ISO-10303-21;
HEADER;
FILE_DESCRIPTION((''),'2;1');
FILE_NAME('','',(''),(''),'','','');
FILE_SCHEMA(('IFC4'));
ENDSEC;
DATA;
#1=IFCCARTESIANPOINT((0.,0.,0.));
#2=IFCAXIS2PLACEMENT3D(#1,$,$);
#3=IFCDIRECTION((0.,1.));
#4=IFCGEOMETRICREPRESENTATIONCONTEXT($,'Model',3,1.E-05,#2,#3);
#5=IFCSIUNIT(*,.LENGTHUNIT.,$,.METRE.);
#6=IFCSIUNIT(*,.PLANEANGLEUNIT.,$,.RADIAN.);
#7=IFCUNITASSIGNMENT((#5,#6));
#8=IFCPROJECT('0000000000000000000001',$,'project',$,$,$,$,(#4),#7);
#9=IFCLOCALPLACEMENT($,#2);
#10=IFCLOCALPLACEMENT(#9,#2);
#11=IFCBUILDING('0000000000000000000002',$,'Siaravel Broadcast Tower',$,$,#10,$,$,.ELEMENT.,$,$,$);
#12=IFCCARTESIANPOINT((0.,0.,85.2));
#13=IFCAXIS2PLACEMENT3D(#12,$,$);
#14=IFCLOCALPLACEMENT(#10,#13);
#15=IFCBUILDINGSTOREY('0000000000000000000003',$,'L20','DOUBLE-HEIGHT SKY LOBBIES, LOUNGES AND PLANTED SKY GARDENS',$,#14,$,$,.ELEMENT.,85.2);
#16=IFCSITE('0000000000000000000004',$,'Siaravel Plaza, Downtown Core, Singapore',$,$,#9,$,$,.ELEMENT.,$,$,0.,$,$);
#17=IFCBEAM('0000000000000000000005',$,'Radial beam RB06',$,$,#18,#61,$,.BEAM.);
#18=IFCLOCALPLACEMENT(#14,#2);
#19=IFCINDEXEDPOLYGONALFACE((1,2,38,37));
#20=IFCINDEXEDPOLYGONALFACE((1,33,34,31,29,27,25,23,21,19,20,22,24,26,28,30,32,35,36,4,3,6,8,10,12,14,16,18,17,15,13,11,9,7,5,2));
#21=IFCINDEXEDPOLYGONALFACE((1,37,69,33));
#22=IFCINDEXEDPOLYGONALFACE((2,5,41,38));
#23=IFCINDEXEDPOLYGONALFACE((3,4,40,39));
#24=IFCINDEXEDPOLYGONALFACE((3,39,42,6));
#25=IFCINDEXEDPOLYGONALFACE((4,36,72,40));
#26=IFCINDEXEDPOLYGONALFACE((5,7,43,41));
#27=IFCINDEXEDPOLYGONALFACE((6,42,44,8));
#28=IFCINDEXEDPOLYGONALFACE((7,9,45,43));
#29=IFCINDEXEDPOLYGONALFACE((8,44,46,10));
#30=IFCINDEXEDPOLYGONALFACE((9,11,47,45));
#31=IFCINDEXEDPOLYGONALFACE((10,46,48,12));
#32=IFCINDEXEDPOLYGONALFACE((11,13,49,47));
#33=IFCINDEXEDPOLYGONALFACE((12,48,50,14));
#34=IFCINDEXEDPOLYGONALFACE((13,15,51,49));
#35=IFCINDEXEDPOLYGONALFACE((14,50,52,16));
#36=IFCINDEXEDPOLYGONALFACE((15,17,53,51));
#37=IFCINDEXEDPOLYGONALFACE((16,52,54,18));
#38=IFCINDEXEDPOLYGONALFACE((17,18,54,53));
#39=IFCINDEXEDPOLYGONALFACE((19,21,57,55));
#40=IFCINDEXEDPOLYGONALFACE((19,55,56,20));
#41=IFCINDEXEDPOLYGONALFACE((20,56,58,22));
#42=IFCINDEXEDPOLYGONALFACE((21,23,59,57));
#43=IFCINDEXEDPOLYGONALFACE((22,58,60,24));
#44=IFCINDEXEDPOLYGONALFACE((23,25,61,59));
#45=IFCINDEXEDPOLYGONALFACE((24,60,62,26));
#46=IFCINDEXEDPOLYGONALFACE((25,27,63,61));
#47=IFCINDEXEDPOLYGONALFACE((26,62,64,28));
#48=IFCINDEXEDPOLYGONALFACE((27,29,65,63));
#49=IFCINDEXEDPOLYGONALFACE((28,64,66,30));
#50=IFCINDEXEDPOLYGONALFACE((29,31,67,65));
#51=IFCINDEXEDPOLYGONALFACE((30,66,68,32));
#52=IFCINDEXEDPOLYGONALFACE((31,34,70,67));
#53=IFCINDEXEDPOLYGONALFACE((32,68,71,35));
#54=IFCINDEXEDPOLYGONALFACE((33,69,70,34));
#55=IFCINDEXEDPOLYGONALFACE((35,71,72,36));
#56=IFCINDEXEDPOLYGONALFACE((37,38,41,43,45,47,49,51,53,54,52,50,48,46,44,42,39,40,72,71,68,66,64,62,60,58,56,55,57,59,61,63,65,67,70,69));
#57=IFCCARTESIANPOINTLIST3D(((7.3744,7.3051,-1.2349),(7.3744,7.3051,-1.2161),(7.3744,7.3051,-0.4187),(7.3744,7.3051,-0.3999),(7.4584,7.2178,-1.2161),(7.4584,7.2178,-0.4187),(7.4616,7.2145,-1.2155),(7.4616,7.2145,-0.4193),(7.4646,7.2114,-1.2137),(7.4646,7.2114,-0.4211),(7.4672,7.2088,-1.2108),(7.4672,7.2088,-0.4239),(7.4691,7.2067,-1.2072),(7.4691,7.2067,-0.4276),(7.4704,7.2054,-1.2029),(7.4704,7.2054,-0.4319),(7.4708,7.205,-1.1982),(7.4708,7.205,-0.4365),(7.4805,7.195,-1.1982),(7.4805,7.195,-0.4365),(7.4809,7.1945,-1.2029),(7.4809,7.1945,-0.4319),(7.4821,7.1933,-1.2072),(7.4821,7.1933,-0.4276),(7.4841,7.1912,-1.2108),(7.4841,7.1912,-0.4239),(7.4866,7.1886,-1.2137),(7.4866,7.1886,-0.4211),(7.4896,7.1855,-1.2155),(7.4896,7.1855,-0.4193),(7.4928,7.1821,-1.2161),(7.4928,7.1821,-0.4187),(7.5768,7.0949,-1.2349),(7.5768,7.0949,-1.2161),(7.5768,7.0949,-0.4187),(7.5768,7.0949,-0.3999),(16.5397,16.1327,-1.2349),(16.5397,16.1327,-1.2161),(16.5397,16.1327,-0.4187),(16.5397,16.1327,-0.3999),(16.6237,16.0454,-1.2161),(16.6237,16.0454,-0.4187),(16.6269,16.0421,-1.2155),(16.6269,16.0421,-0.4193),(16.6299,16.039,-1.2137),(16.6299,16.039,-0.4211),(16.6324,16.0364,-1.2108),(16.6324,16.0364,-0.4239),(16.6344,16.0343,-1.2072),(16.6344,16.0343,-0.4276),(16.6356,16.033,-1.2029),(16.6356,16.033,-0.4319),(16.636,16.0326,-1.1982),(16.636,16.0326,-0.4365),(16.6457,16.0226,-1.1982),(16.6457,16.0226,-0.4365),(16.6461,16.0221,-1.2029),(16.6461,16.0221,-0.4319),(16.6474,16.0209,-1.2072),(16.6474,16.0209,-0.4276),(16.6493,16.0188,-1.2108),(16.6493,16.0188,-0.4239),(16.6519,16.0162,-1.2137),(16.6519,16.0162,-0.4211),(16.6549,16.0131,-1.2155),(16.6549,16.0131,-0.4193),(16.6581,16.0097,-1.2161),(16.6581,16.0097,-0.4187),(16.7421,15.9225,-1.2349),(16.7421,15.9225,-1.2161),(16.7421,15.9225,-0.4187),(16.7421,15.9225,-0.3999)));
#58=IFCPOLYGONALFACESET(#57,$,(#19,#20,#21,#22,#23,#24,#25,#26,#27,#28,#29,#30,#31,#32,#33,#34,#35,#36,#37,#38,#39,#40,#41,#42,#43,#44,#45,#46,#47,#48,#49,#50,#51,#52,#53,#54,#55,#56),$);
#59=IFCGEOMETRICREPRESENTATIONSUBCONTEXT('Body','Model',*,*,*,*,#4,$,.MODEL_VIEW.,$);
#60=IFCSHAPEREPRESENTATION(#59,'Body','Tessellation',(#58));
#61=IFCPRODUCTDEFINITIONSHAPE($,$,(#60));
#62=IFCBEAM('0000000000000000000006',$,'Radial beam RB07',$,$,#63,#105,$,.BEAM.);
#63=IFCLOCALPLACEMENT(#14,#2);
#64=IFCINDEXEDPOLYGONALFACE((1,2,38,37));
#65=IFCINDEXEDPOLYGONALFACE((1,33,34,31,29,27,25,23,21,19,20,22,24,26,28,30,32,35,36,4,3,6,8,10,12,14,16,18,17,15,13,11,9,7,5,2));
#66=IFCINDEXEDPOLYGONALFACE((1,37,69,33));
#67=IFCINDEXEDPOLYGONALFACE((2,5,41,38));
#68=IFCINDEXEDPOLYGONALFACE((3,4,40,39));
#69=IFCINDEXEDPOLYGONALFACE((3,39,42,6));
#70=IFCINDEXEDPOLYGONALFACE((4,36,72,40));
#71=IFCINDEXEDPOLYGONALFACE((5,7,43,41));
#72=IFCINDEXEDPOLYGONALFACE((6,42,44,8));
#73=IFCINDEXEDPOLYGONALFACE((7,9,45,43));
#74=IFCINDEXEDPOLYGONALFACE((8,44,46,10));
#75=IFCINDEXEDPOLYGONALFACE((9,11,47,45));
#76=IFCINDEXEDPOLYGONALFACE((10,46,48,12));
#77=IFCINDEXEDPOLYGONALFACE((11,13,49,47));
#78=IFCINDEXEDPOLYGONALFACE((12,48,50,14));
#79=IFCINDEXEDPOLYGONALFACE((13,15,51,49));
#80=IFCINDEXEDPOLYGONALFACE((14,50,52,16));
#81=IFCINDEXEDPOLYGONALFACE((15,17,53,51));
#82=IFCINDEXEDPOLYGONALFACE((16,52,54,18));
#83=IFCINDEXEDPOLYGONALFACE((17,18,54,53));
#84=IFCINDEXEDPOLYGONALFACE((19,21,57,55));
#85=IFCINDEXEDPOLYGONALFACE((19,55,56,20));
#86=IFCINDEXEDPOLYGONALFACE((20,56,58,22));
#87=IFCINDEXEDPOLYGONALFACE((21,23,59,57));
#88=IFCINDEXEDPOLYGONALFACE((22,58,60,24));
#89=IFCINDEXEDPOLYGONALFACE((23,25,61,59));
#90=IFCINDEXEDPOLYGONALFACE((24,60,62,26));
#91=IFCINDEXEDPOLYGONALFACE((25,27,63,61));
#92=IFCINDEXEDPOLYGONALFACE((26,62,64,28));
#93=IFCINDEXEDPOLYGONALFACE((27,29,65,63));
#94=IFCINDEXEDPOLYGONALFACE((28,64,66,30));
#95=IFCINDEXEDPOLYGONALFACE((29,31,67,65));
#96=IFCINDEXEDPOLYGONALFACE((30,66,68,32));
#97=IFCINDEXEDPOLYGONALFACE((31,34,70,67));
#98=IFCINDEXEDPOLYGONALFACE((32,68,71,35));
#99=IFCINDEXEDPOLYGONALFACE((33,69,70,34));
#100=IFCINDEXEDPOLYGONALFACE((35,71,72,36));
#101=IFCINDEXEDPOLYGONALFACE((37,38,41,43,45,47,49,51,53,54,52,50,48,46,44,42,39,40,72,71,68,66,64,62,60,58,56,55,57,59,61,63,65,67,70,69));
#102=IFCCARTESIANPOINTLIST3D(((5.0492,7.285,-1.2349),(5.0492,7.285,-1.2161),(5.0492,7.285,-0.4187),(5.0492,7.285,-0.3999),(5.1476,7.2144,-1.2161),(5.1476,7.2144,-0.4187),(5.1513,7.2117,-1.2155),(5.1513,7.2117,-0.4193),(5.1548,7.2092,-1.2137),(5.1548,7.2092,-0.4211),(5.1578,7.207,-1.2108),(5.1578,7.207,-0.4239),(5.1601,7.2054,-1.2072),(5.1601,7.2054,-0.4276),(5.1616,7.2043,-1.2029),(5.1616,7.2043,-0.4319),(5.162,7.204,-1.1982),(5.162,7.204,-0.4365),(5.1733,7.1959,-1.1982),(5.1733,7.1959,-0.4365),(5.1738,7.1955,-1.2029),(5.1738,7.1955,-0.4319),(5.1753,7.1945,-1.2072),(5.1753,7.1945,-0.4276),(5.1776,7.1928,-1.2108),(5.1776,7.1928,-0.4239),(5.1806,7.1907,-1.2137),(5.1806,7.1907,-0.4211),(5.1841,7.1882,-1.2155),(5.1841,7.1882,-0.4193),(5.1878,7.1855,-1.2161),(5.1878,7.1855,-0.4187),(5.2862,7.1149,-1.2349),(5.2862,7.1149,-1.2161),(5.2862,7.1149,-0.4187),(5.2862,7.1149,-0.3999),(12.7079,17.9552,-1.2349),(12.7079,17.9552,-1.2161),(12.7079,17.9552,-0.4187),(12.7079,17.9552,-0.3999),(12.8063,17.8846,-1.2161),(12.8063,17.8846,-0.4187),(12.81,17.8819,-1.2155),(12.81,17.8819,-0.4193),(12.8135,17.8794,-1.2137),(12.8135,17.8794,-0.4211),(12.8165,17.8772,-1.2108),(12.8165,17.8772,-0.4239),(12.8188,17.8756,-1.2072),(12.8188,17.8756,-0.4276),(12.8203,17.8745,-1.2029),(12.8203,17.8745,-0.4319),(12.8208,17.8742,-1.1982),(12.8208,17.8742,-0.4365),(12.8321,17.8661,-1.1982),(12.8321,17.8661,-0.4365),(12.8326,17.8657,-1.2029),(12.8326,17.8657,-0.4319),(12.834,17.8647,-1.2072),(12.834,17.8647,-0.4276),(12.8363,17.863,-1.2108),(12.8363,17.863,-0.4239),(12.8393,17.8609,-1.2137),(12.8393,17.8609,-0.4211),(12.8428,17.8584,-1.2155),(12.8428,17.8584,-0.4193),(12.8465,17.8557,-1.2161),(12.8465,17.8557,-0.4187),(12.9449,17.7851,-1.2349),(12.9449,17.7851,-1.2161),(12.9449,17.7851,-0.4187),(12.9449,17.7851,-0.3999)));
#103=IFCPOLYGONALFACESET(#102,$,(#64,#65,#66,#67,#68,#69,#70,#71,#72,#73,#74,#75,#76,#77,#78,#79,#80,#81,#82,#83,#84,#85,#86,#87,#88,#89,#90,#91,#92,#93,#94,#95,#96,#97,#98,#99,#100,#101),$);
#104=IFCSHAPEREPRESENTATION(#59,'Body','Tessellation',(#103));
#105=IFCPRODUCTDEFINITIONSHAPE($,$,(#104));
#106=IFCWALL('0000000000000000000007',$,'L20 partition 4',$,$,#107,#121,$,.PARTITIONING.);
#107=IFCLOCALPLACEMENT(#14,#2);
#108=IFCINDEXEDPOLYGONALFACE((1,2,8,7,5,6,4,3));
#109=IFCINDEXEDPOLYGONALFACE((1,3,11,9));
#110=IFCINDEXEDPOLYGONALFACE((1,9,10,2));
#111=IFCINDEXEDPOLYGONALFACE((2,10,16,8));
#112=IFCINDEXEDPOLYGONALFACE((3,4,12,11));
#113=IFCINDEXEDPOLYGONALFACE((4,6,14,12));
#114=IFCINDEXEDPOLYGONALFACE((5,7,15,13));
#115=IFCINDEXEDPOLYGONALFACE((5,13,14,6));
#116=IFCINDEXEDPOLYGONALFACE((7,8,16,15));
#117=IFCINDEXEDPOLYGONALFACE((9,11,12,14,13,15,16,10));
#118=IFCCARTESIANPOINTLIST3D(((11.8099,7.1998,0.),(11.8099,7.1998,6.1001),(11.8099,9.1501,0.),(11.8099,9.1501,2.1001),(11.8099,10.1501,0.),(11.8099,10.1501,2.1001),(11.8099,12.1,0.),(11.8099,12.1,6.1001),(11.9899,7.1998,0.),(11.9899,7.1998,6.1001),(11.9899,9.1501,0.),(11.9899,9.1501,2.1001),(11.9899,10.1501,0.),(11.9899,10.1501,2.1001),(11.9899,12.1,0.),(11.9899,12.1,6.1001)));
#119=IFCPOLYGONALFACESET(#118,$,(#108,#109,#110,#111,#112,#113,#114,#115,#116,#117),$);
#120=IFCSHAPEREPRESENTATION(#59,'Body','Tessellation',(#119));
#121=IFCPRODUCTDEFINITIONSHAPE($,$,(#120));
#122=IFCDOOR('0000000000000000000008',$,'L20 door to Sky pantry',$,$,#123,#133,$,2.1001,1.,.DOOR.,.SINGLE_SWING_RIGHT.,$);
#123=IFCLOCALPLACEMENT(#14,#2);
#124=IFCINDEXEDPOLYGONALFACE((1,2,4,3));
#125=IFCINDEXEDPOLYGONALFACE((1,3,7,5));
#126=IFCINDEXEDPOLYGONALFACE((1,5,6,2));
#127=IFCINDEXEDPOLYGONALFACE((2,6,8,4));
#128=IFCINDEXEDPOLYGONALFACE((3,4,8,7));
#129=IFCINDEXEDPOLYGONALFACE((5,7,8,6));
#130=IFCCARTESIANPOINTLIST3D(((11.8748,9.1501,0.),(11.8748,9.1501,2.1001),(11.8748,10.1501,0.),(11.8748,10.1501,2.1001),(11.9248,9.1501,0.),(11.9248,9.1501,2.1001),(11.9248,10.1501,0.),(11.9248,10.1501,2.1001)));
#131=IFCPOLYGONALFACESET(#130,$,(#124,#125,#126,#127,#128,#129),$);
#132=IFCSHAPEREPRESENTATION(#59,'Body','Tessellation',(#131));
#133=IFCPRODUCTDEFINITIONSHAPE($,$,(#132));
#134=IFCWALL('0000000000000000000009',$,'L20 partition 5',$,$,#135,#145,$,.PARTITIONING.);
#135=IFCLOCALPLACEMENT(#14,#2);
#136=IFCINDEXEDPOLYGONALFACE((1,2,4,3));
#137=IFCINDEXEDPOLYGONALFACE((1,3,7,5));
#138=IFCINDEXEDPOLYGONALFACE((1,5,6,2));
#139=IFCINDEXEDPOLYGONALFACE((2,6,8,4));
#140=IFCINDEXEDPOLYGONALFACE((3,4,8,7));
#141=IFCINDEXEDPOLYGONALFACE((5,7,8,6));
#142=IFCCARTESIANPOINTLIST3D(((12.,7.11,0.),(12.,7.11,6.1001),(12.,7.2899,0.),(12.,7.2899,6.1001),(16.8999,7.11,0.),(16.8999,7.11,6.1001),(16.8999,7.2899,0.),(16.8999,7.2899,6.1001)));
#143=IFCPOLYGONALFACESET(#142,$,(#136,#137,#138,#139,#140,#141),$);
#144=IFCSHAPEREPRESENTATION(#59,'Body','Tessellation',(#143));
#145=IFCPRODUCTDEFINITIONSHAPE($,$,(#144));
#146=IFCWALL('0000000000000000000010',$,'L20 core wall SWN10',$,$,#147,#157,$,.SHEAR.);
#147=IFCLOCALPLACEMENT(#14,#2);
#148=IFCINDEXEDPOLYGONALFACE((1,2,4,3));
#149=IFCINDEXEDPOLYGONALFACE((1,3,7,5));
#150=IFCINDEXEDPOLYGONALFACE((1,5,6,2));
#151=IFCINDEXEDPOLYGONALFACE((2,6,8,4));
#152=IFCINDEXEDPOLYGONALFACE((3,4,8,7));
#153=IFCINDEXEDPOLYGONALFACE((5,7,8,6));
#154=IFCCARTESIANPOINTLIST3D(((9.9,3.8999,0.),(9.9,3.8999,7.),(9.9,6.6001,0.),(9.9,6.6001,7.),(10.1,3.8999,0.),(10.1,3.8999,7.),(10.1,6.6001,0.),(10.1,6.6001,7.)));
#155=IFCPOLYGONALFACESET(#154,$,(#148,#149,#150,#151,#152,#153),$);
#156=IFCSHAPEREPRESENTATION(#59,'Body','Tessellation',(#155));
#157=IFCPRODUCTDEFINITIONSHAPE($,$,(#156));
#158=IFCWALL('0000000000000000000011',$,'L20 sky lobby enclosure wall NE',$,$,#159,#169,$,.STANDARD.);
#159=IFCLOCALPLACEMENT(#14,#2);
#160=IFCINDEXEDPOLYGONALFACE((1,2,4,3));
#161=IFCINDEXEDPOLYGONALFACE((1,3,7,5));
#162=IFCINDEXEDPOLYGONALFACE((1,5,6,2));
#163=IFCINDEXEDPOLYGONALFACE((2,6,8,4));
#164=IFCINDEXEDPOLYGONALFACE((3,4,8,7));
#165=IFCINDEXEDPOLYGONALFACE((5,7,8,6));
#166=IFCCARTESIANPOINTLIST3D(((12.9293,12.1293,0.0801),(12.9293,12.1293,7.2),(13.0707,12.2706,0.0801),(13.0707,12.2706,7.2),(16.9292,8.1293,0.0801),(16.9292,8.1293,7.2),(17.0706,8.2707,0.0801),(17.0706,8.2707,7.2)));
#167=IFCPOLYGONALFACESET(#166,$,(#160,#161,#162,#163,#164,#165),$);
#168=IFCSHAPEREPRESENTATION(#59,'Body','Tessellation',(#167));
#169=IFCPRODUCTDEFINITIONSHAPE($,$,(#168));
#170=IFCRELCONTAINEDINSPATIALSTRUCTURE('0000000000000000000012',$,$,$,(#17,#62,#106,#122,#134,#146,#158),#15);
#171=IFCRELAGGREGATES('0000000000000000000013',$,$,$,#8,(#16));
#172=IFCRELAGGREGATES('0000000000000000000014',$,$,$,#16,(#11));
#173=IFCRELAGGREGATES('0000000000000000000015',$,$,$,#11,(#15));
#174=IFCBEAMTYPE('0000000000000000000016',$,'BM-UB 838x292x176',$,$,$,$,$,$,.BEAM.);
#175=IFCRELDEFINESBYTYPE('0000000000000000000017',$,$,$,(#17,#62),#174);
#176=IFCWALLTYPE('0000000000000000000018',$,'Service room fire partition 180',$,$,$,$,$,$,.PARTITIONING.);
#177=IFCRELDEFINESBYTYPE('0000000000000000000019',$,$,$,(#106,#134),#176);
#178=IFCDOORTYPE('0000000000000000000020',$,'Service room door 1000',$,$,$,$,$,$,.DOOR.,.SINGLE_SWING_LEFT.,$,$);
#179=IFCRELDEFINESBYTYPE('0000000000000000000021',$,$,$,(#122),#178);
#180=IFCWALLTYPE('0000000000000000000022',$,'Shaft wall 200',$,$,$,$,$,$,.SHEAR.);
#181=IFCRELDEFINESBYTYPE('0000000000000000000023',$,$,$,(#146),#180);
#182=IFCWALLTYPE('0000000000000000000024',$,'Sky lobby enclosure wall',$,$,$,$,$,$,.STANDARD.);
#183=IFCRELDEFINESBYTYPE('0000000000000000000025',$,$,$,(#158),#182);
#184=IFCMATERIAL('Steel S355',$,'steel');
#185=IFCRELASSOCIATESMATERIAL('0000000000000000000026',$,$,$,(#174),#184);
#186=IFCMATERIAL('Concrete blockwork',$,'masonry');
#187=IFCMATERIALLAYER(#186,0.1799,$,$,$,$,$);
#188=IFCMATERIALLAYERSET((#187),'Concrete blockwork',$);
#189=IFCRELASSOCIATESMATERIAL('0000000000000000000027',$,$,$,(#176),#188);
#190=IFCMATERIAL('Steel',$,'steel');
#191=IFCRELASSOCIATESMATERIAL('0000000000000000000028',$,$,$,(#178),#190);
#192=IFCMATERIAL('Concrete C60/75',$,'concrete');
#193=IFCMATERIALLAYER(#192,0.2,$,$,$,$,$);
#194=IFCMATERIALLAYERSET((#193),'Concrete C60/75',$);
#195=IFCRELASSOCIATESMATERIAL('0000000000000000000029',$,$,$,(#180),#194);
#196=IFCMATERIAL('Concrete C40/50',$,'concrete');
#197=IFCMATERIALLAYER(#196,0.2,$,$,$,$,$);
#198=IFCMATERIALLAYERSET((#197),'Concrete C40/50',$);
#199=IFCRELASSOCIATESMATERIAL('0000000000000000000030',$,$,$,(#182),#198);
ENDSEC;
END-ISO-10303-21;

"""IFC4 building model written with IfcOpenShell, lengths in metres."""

from ifc_helpers import new_model, si_unit, direction, frame, frame_2d, origin, origin_2d, place, context, subcontext, project, spatial, rectangle, i_section, extrude, material, layer, layer_set, material_profile, profile_set, type_object, element, fill, save


model = new_model("IFC4")

# Units and contexts
model_context = context("Model", 3, precision=1e-05, world=origin(), true_north=direction((0.0, 1.0)))
body_context = subcontext(model_context, "Body", "Model", "MODEL_VIEW")
ifc_project = project(units=[si_unit("LENGTHUNIT", "METRE"), si_unit("PLANEANGLEUNIT", "RADIAN")], contexts=[model_context])

# Site, building, storey
site_placement = place(None, origin())
site = spatial("IfcSite", under=ifc_project, at=site_placement, Name="Siaravel Plaza, Downtown Core, Singapore", CompositionType="ELEMENT", RefElevation=0.0)
building_placement = place(site_placement, origin())
building = spatial("IfcBuilding", under=site, at=building_placement, Name="Siaravel Broadcast Tower", CompositionType="ELEMENT")
storey_placement = place(building_placement, frame((0.0, 0.0, 85.2)))
storey = spatial("IfcBuildingStorey", under=building, at=storey_placement, Name="L20", Description="DOUBLE-HEIGHT SKY LOBBIES, LOUNGES AND PLANTED SKY GARDENS", CompositionType="ELEMENT", Elevation=85.2)

# Beams
ifc_material_1 = material(Name="Steel S355", Category="steel")
ifc_material_profile_1 = material_profile(ifc_material_1, i_section(OverallWidth=0.2917, OverallDepth=0.835, WebThickness=0.0139, FlangeThickness=0.0188, FilletRadius=0.0178, at=origin_2d()))
ifc_profile_set_1 = profile_set([ifc_material_profile_1], Name="Steel S355")
beam_type = type_object("IfcBeamType", Name="BM-UB 838x292x176", PredefinedType="BEAM", material=ifc_profile_set_1)
beam_1_placement = place(storey_placement, frame((16.6409, 16.0276, -0.8174), z_axis=(-0.720249, -0.693715, 0.0), x_axis=(0.693715, -0.720249, 0.0)))
element("IfcBeam", 1, at=beam_1_placement, inside=storey, type_object=beam_type, Name="Radial beam RB06", PredefinedType="BEAM", context=body_context, shape_type="SweptSolid", body=[
    extrude(i_section(OverallWidth=0.2917, OverallDepth=0.835, WebThickness=0.0139, FlangeThickness=0.0188, FilletRadius=0.0178, at=origin_2d()), origin(), (0.0, 0.0, 1.0), 12.7251),
])
beam_2_placement = place(storey_placement, frame((12.8264, 17.8701, -0.8174), z_axis=(-0.583109, -0.812394, 0.0), x_axis=(0.812394, -0.583109, 0.0)))
element("IfcBeam", 2, at=beam_2_placement, inside=storey, type_object=beam_type, Name="Radial beam RB07", PredefinedType="BEAM", context=body_context, shape_type="SweptSolid", body=[
    extrude(i_section(OverallWidth=0.2917, OverallDepth=0.835, WebThickness=0.0139, FlangeThickness=0.0188, FilletRadius=0.0178, at=origin_2d()), origin(), (0.0, 0.0, 1.0), 13.1343),
])

# Wall, opening, door
ifc_material_2 = material(Name="Concrete blockwork", Category="masonry")
ifc_layer_1 = layer(ifc_material_2, 0.1799)
ifc_layer_set_1 = layer_set([ifc_layer_1], Name="Concrete blockwork")
wall_type_1 = type_object("IfcWallType", Name="Service room fire partition 180", PredefinedType="PARTITIONING", material=ifc_layer_set_1)
wall_1_placement = place(storey_placement, frame((11.8999, 12.1001, 0.0), z_axis=(0.0, 0.0, 1.0), x_axis=(0.0, -1.0, 0.0)))
wall_1 = element("IfcWall", 3, at=wall_1_placement, inside=storey, type_object=wall_type_1, Name="L20 partition 4", PredefinedType="PARTITIONING", context=body_context, shape_type="SweptSolid", body=[
    extrude(rectangle(XDim=4.9001, YDim=0.1799, at=frame_2d((2.4502, 0.0))), origin(), (0.0, 0.0, 1.0), 6.1001),
])
opening_1_placement = place(wall_1_placement, frame((1.95, 0.0, 0.0)))
opening_1 = element("IfcOpeningElement", 4, at=opening_1_placement, cuts=wall_1, PredefinedType="OPENING", context=body_context, shape_type="SweptSolid", body=[
    extrude(rectangle(XDim=1.0, YDim=2.1001, at=frame_2d((0.5, 1.05))), frame((0.0, 0.0999, 0.0), z_axis=(0.0, -1.0, 0.0), x_axis=(1.0, 0.0, 0.0)), (0.0, 0.0, 1.0), 0.2),
])
ifc_material_3 = material(Name="Steel", Category="steel")
door_type_1 = type_object("IfcDoorType", Name="Service room door 1000", OperationType="SINGLE_SWING_LEFT", PredefinedType="DOOR", material=ifc_material_3)
door_1_placement = place(opening_1_placement, origin())
door_1 = element("IfcDoor", 5, at=door_1_placement, inside=storey, type_object=door_type_1, Name="L20 door to Sky pantry", OperationType="SINGLE_SWING_RIGHT", OverallHeight=2.1001, OverallWidth=1.0, PredefinedType="DOOR", context=body_context, shape_type="SweptSolid", body=[
    extrude(rectangle(XDim=1.0, YDim=2.1001, at=frame_2d((0.5, 1.05))), frame((0.0, 0.0249, 0.0), z_axis=(0.0, -1.0, 0.0), x_axis=(1.0, 0.0, 0.0)), (0.0, 0.0, 1.0), 0.05),
])
fill(opening_1, door_1)

# Walls
wall_2_placement = place(storey_placement, frame((12.0, 7.2, 0.0), z_axis=(0.0, 0.0, 1.0), x_axis=(1.0, 0.0, 0.0)))
element("IfcWall", 6, at=wall_2_placement, inside=storey, type_object=wall_type_1, Name="L20 partition 5", PredefinedType="PARTITIONING", context=body_context, shape_type="SweptSolid", body=[
    extrude(rectangle(XDim=4.8999, YDim=0.1799, at=frame_2d((2.45, 0.0))), origin(), (0.0, 0.0, 1.0), 6.1001),
])
ifc_material_4 = material(Name="Concrete C60/75", Category="concrete")
ifc_layer_2 = layer(ifc_material_4, 0.2)
ifc_layer_set_2 = layer_set([ifc_layer_2], Name="Concrete C60/75")
wall_type_2 = type_object("IfcWallType", Name="Shaft wall 200", PredefinedType="SHEAR", material=ifc_layer_set_2)
wall_3_placement = place(storey_placement, frame((10.0, 3.8999, 0.0), z_axis=(0.0, 0.0, 1.0), x_axis=(0.0, 1.0, 0.0)))
element("IfcWall", 7, at=wall_3_placement, inside=storey, type_object=wall_type_2, Name="L20 core wall SWN10", PredefinedType="SHEAR", context=body_context, shape_type="SweptSolid", body=[
    extrude(rectangle(XDim=2.7002, YDim=0.2, at=frame_2d((1.3501, 0.0))), origin(), (0.0, 0.0, 1.0), 7.0),
])
ifc_material_5 = material(Name="Concrete C40/50", Category="concrete")
ifc_layer_3 = layer(ifc_material_5, 0.2)
ifc_layer_set_3 = layer_set([ifc_layer_3], Name="Concrete C40/50")
wall_type_3 = type_object("IfcWallType", Name="Sky lobby enclosure wall", PredefinedType="STANDARD", material=ifc_layer_set_3)
wall_4_placement = place(storey_placement, frame((13.0, 12.2, 0.0801), z_axis=(0.0, 0.0, 1.0), x_axis=(0.707107, -0.707107, 0.0)))
element("IfcWall", 8, at=wall_4_placement, inside=storey, type_object=wall_type_3, Name="L20 sky lobby enclosure wall NE", PredefinedType="STANDARD", context=body_context, shape_type="SweptSolid", body=[
    extrude(rectangle(XDim=5.6567, YDim=0.2, at=frame_2d((2.8284, 0.0))), origin(), (0.0, 0.0, 1.0), 7.1199),
])

save(model, "model.ifc")
